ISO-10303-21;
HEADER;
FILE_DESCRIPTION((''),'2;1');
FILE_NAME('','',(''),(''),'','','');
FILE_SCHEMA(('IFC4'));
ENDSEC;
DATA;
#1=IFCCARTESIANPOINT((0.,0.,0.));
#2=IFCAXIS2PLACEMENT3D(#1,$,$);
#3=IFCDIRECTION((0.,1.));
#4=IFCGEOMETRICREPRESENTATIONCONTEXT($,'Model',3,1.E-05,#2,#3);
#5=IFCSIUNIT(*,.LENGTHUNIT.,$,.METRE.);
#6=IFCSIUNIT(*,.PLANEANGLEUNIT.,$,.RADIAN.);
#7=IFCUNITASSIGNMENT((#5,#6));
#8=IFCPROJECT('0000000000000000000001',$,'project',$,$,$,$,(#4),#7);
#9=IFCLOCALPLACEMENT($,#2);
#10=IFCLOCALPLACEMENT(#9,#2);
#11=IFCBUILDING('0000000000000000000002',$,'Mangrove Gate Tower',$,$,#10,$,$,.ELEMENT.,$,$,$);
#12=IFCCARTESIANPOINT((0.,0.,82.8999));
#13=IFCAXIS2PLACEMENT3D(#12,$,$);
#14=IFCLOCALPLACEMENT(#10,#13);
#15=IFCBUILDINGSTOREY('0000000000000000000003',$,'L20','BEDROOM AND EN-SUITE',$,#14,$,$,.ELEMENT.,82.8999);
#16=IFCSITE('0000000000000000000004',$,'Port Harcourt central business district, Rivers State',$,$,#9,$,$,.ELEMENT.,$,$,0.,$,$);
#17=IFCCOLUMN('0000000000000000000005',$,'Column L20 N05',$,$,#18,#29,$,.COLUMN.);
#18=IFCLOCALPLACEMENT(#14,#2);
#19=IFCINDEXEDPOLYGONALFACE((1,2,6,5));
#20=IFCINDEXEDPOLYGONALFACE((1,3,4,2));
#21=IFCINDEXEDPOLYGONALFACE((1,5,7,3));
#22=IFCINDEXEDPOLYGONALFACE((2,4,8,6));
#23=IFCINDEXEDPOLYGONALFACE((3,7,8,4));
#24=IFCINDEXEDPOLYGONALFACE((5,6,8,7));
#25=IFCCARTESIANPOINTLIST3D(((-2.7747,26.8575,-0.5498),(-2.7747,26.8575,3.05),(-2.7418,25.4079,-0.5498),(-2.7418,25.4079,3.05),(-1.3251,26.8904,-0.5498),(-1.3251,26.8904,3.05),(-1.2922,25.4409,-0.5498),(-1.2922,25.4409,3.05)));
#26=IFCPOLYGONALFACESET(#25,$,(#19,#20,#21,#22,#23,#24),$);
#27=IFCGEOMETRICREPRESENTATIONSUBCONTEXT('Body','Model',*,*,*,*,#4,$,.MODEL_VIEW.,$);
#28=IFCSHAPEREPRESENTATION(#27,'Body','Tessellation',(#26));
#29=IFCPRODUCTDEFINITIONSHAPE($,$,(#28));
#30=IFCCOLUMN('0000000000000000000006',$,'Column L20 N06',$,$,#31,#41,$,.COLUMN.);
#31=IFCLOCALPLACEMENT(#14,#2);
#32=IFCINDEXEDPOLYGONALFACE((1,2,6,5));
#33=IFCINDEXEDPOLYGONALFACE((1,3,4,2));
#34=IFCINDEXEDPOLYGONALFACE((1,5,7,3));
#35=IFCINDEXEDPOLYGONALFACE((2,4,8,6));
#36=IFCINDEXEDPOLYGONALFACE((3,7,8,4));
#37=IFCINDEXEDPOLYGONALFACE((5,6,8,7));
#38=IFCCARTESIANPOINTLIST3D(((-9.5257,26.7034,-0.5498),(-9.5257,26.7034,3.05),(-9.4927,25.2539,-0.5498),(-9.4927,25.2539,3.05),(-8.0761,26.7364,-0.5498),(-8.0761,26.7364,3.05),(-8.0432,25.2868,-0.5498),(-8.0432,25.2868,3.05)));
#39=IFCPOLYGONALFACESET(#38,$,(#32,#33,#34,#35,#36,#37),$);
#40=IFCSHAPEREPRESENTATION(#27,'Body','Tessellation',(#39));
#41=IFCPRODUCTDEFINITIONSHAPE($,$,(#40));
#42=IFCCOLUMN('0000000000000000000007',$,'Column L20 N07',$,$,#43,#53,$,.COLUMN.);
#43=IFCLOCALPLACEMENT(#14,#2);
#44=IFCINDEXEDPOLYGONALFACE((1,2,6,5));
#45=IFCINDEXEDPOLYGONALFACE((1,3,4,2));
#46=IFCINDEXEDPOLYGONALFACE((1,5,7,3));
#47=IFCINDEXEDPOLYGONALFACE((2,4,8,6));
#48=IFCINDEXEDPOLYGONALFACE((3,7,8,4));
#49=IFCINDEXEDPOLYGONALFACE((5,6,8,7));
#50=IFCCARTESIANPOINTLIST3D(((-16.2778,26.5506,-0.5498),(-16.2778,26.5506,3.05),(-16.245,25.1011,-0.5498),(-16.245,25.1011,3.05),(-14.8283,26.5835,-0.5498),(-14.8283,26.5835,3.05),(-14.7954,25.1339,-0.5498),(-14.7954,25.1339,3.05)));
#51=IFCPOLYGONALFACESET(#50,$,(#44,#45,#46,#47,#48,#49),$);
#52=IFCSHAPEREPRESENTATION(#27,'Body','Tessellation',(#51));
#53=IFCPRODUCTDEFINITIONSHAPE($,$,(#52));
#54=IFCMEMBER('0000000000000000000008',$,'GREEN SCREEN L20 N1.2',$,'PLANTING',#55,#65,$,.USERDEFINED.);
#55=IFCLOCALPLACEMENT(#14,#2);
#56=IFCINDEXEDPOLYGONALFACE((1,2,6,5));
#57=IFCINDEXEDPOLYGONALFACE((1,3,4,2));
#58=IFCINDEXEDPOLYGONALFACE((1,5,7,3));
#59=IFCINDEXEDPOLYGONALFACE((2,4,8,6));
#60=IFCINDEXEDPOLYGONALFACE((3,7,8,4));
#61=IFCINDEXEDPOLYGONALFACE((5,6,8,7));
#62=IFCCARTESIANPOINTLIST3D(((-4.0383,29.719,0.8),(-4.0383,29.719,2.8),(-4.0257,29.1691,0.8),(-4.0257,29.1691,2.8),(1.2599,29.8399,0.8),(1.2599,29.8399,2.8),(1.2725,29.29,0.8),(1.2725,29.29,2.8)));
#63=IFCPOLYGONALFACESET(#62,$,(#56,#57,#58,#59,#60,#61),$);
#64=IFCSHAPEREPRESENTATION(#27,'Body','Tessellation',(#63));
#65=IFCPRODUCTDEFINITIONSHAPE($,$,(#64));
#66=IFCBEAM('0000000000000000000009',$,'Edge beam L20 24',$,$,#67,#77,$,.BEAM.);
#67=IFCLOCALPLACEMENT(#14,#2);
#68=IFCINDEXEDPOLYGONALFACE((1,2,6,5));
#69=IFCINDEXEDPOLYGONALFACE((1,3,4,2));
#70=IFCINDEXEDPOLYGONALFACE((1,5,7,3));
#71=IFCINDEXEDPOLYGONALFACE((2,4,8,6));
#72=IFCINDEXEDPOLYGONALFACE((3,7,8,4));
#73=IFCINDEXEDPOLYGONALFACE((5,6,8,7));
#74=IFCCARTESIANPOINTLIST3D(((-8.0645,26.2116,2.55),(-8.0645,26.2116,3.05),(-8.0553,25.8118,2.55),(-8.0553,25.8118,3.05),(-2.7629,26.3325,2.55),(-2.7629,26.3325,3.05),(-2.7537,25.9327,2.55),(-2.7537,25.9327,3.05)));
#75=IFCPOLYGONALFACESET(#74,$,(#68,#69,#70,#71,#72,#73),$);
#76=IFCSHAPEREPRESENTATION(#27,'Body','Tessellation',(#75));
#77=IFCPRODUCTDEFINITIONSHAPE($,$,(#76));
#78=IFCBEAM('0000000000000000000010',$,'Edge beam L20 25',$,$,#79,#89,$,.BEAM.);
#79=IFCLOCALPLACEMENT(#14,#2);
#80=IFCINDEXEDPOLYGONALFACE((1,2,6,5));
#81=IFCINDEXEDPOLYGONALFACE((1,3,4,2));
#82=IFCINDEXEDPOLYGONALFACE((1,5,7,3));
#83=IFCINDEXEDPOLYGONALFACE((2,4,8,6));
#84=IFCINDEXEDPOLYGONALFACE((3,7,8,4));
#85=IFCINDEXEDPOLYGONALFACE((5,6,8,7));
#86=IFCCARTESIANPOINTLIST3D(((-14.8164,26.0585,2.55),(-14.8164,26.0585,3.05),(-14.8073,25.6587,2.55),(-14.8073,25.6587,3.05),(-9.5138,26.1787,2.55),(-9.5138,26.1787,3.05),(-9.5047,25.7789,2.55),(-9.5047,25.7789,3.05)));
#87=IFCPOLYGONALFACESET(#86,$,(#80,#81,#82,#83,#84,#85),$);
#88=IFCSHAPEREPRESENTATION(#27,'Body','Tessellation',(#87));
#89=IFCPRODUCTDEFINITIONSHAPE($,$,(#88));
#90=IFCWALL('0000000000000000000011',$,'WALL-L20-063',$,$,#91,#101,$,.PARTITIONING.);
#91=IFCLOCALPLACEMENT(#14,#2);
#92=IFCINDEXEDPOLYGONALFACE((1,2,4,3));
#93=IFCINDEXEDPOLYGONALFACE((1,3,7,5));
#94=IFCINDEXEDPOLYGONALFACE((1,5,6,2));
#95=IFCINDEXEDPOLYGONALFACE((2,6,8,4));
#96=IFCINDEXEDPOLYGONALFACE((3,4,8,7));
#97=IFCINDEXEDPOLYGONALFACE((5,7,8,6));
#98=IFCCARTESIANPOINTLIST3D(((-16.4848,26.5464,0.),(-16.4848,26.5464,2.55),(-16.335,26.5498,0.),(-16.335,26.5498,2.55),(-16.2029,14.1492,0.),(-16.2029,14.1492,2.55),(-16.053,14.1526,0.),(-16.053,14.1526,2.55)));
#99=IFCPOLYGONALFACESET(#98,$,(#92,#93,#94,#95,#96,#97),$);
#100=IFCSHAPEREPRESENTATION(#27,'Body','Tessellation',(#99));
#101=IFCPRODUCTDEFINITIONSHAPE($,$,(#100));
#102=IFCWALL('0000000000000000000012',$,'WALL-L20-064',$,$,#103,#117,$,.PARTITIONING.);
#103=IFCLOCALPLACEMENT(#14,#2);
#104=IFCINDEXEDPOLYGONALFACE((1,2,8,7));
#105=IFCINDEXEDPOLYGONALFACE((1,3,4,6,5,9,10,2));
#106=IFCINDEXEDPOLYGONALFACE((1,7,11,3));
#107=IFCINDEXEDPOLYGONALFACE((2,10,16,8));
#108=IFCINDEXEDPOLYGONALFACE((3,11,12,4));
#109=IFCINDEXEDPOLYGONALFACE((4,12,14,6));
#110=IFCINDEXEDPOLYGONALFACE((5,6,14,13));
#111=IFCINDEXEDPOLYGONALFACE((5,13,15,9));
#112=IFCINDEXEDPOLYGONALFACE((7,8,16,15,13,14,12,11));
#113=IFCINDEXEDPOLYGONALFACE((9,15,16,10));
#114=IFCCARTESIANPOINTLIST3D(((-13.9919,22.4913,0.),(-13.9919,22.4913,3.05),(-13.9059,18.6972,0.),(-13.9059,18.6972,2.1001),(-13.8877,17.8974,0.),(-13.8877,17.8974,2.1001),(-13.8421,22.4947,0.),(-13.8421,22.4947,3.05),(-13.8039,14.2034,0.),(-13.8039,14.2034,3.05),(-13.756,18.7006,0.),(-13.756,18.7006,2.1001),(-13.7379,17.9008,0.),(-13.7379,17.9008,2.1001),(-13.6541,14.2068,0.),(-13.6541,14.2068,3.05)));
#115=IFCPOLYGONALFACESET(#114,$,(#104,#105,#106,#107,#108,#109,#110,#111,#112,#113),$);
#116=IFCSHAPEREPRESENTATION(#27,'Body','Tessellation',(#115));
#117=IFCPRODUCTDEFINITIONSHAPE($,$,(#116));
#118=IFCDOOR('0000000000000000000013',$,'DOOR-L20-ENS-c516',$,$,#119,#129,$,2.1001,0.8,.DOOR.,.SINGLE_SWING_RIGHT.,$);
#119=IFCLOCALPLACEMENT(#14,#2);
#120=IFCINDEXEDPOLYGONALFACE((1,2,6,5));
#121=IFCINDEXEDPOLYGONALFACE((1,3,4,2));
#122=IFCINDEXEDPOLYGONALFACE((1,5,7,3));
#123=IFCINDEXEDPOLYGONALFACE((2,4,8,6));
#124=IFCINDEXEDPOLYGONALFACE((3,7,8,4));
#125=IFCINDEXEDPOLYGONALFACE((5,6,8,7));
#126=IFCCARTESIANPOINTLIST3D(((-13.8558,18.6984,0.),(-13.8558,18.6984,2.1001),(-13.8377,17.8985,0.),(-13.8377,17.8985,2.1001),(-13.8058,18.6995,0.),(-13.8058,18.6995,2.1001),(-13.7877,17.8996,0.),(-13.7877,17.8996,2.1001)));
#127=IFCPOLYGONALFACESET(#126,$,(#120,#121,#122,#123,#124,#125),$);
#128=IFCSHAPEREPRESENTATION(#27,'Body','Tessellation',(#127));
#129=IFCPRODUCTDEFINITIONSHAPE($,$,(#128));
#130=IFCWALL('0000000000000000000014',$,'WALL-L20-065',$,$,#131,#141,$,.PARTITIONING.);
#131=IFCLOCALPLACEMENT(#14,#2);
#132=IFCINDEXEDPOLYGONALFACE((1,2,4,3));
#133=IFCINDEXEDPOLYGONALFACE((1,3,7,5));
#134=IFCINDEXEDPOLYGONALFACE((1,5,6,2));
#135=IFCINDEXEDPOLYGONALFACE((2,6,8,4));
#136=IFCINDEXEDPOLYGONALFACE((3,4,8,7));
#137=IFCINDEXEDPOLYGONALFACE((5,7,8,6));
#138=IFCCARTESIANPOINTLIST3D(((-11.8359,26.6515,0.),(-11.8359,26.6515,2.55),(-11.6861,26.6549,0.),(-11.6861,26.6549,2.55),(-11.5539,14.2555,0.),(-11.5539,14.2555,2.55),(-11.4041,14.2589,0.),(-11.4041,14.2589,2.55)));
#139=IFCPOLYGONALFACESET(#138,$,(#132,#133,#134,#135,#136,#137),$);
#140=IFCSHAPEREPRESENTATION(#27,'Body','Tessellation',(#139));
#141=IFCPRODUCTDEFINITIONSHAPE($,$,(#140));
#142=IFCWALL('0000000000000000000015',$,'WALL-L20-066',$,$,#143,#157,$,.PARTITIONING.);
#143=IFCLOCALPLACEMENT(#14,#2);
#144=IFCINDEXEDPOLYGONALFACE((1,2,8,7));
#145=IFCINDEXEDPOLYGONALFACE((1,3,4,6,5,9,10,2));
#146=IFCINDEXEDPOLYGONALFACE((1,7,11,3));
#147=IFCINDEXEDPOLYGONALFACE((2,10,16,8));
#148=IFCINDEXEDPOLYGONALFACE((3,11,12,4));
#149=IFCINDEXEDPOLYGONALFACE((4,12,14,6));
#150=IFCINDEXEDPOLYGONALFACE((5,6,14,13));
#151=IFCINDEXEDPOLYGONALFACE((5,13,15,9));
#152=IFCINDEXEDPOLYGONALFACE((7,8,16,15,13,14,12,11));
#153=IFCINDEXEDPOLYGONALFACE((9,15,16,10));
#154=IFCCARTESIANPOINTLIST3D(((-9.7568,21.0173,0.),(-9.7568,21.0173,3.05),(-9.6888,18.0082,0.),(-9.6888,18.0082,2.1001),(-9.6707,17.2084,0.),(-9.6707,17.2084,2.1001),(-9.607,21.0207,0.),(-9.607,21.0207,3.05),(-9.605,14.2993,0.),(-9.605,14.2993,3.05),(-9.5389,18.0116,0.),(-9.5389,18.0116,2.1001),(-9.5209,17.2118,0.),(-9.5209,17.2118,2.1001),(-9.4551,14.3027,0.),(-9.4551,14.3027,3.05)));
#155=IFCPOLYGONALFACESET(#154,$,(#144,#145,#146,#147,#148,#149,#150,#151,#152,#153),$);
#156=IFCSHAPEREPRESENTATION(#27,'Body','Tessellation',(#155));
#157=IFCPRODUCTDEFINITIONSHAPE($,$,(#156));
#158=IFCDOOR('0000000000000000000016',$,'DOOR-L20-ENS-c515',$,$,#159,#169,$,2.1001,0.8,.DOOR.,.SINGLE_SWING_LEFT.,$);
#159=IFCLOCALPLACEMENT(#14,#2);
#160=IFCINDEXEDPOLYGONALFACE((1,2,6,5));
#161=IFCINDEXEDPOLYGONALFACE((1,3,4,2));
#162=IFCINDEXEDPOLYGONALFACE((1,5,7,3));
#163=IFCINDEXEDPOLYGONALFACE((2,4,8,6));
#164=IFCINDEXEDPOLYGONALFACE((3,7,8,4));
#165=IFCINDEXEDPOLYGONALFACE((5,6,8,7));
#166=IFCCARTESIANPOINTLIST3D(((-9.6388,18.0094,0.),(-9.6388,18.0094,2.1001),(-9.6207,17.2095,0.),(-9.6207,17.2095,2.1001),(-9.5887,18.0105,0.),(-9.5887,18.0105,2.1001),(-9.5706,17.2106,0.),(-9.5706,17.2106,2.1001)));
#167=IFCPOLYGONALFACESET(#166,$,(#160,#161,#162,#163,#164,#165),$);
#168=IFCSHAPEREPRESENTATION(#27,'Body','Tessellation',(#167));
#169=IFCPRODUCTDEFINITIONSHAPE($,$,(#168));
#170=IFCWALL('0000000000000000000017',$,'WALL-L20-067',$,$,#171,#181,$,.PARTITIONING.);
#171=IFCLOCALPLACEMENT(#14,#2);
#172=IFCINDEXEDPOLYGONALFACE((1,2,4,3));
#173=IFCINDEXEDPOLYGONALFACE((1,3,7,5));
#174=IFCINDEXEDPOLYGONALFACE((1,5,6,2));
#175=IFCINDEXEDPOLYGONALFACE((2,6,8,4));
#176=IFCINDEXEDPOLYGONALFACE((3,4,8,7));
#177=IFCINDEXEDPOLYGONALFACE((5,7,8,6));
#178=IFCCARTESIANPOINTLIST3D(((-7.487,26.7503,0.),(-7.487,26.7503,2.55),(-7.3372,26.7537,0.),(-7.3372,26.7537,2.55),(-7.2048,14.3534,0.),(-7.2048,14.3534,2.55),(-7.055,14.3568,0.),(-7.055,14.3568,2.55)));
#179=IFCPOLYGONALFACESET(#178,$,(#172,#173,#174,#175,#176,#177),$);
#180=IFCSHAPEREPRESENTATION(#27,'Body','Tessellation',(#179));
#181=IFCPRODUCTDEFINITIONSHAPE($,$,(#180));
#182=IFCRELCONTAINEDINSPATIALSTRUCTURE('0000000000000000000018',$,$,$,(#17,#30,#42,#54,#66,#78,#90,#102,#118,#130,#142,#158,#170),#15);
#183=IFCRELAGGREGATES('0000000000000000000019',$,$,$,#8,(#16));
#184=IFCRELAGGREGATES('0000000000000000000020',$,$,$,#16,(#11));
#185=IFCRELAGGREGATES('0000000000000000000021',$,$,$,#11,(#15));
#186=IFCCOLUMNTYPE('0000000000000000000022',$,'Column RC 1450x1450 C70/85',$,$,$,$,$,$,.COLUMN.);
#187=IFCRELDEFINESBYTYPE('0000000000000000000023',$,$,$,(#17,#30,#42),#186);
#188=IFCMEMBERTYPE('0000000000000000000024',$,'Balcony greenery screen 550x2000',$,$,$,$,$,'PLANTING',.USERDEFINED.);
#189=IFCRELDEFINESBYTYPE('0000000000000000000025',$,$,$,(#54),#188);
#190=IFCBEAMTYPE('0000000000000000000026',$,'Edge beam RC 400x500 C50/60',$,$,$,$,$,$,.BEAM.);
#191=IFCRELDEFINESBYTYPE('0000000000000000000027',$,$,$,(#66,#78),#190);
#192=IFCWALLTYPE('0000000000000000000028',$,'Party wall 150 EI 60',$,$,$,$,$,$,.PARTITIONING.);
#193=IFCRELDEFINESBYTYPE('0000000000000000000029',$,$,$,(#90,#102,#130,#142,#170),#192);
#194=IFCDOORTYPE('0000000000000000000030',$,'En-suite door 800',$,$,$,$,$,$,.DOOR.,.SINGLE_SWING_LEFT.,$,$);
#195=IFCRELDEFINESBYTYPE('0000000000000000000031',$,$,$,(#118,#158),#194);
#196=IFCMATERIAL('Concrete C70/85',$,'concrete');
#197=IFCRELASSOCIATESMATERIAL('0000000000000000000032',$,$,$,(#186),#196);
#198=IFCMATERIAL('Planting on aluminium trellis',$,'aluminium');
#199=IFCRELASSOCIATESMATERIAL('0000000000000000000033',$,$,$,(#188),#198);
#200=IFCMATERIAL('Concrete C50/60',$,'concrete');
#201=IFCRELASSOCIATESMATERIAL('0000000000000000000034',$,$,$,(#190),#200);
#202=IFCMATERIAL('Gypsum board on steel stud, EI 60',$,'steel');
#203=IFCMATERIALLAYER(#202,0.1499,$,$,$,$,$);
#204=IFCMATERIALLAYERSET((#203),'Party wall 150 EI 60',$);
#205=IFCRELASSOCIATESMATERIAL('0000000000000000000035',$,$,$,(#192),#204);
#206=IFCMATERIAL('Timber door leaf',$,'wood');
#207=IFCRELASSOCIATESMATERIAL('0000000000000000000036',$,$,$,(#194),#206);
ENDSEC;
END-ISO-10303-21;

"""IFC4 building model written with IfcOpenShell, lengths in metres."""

from ifc_helpers import new_model, si_unit, direction, frame, frame_2d, origin, origin_2d, place, context, subcontext, project, spatial, rectangle, extrude, material, layer, layer_set, material_profile, profile_set, type_object, element, fill, save


model = new_model("IFC4")

# Units and contexts
model_context = context("Model", 3, precision=1e-05, world=origin(), true_north=direction((0.0, 1.0)))
body_context = subcontext(model_context, "Body", "Model", "MODEL_VIEW")
ifc_project = project(units=[si_unit("LENGTHUNIT", "METRE"), si_unit("PLANEANGLEUNIT", "RADIAN")], contexts=[model_context])

# Site, building, storey
site_placement = place(None, origin())
site = spatial("IfcSite", under=ifc_project, at=site_placement, Name="Port Harcourt central business district, Rivers State", CompositionType="ELEMENT", RefElevation=0.0)
building_placement = place(site_placement, origin())
building = spatial("IfcBuilding", under=site, at=building_placement, Name="Mangrove Gate Tower", CompositionType="ELEMENT")
storey_placement = place(building_placement, frame((0.0, 0.0, 82.8999)))
storey = spatial("IfcBuildingStorey", under=building, at=storey_placement, Name="L20", Description="BEDROOM AND EN-SUITE", CompositionType="ELEMENT", Elevation=82.8999)

# Columns
ifc_material_1 = material(Name="Concrete C70/85", Category="concrete")
ifc_material_profile_1 = material_profile(ifc_material_1, rectangle(XDim=1.45, YDim=1.45, at=origin_2d()))
ifc_profile_set_1 = profile_set([ifc_material_profile_1], Name="Concrete C70/85")
column_type = type_object("IfcColumnType", Name="Column RC 1450x1450 C70/85", PredefinedType="COLUMN", material=ifc_profile_set_1)
for number, where, z_axis, x_axis, name in (
    (1, (-2.0334, 26.1492, -0.5498), (0.0, 0.0, 1.0), (-0.999742, -0.02273, 0.0), "Column L20 N05"),
    (2, (-8.7844, 25.9951, -0.5498), (0.0, 0.0, 1.0), (-0.999742, -0.02273, 0.0), "Column L20 N06"),
    (3, (-15.5366, 25.8423, -0.5498), (0.0, 0.0, 1.0), (-0.999743, -0.022656, 0.0), "Column L20 N07"),
):
    element("IfcColumn", number, at=place(storey_placement, frame(where, z_axis=z_axis, x_axis=x_axis)), inside=storey, type_object=column_type, Name=name, PredefinedType="COLUMN", context=body_context, shape_type="SweptSolid", body=[
        extrude(rectangle(XDim=1.45, YDim=1.45, at=origin_2d()), origin(), (0.0, 0.0, 1.0), 3.5999),
    ])

# Member
ifc_material_2 = material(Name="Planting on aluminium trellis", Category="aluminium")
ifc_material_profile_2 = material_profile(ifc_material_2, rectangle(XDim=0.55, YDim=2.0, at=origin_2d()))
ifc_profile_set_2 = profile_set([ifc_material_profile_2], Name="Planting on aluminium trellis")
member_type = type_object("IfcMemberType", Name="Balcony greenery screen 550x2000", ElementType="PLANTING", PredefinedType="USERDEFINED", material=ifc_profile_set_2)
member_placement = place(storey_placement, frame((-4.032, 29.4441, 1.8), z_axis=(0.99974, 0.022804, 0.0), x_axis=(-0.022804, 0.99974, 0.0)))
element("IfcMember", 4, at=member_placement, inside=storey, type_object=member_type, Name="GREEN SCREEN L20 N1.2", ObjectType="PLANTING", PredefinedType="USERDEFINED", context=body_context, shape_type="SweptSolid", body=[
    extrude(rectangle(XDim=0.55, YDim=2.0, at=origin_2d()), origin(), (0.0, 0.0, 1.0), 5.2996),
])

# Beams
ifc_material_3 = material(Name="Concrete C50/60", Category="concrete")
ifc_material_profile_3 = material_profile(ifc_material_3, rectangle(XDim=0.3999, YDim=0.5, at=origin_2d()))
ifc_profile_set_3 = profile_set([ifc_material_profile_3], Name="Concrete C50/60")
beam_type = type_object("IfcBeamType", Name="Edge beam RC 400x500 C50/60", PredefinedType="BEAM", material=ifc_profile_set_3)
beam_1_placement = place(storey_placement, frame((-2.7583, 26.1326, 2.8), z_axis=(-0.99974, -0.022789, 0.0), x_axis=(0.022789, -0.99974, 0.0)))
element("IfcBeam", 5, at=beam_1_placement, inside=storey, type_object=beam_type, Name="Edge beam L20 24", PredefinedType="BEAM", context=body_context, shape_type="SweptSolid", body=[
    extrude(rectangle(XDim=0.3999, YDim=0.5, at=origin_2d()), origin(), (0.0, 0.0, 1.0), 5.303),
])
beam_2_placement = place(storey_placement, frame((-9.5093, 25.9788, 2.8), z_axis=(-0.999744, -0.022647, 0.0), x_axis=(0.022647, -0.999744, 0.0)))
element("IfcBeam", 6, at=beam_2_placement, inside=storey, type_object=beam_type, Name="Edge beam L20 25", PredefinedType="BEAM", context=body_context, shape_type="SweptSolid", body=[
    extrude(rectangle(XDim=0.3999, YDim=0.5, at=origin_2d()), origin(), (0.0, 0.0, 1.0), 5.304),
])

# Wall
ifc_material_4 = material(Name="Gypsum board on steel stud, EI 60", Category="steel")
ifc_layer_1 = layer(ifc_material_4, 0.1499)
ifc_layer_set_1 = layer_set([ifc_layer_1], Name="Party wall 150 EI 60")
wall_type_1 = type_object("IfcWallType", Name="Party wall 150 EI 60", PredefinedType="PARTITIONING", material=ifc_layer_set_1)
wall_1_placement = place(storey_placement, frame((-16.1279, 14.1509, 0.0), z_axis=(0.0, 0.0, 1.0), x_axis=(-0.02274, 0.999741, 0.0)))
element("IfcWall", 7, at=wall_1_placement, inside=storey, type_object=wall_type_1, Name="WALL-L20-063", PredefinedType="PARTITIONING", context=body_context, shape_type="SweptSolid", body=[
    extrude(rectangle(XDim=12.4004, YDim=0.1499, at=frame_2d((6.2002, 0.0))), origin(), (0.0, 0.0, 1.0), 2.55),
])

# Wall, opening, door
wall_2_placement = place(storey_placement, frame((-13.729, 14.2051, 0.0), z_axis=(0.0, 0.0, 1.0), x_axis=(-0.022677, 0.999743, 0.0)))
wall_2 = element("IfcWall", 8, at=wall_2_placement, inside=storey, type_object=wall_type_1, Name="WALL-L20-064", PredefinedType="PARTITIONING", context=body_context, shape_type="SweptSolid", body=[
    extrude(rectangle(XDim=8.29, YDim=0.1499, at=frame_2d((4.145, 0.0))), origin(), (0.0, 0.0, 1.0), 3.05),
])
opening_1_placement = place(wall_2_placement, frame((3.6951, 0.0, 0.0)))
opening_1 = element("IfcOpeningElement", 9, at=opening_1_placement, cuts=wall_2, PredefinedType="OPENING", context=body_context, shape_type="SweptSolid", body=[
    extrude(rectangle(XDim=0.8, YDim=2.1001, at=frame_2d((0.3999, 1.05))), frame((0.0, 0.085, 0.0), z_axis=(0.0, -1.0, 0.0), x_axis=(1.0, 0.0, 0.0)), (0.0, 0.0, 1.0), 0.1699),
])
ifc_material_5 = material(Name="Timber door leaf", Category="wood")
door_type = type_object("IfcDoorType", Name="En-suite door 800", OperationType="SINGLE_SWING_LEFT", PredefinedType="DOOR", material=ifc_material_5)
door_1_placement = place(opening_1_placement, origin())
door_1 = element("IfcDoor", 10, at=door_1_placement, inside=storey, type_object=door_type, Name="DOOR-L20-ENS-c516", OperationType="SINGLE_SWING_RIGHT", OverallHeight=2.1001, OverallWidth=0.8, PredefinedType="DOOR", context=body_context, shape_type="SweptSolid", body=[
    extrude(rectangle(XDim=0.8, YDim=2.1001, at=frame_2d((0.3999, 1.05))), frame((0.0, 0.0249, 0.0), z_axis=(0.0, -1.0, 0.0), x_axis=(1.0, 0.0, 0.0)), (0.0, 0.0, 1.0), 0.05),
])
fill(opening_1, door_1)

# Wall
wall_3_placement = place(storey_placement, frame((-11.479, 14.2571, 0.0), z_axis=(0.0, 0.0, 1.0), x_axis=(-0.022742, 0.999741, 0.0)))
element("IfcWall", 11, at=wall_3_placement, inside=storey, type_object=wall_type_1, Name="WALL-L20-065", PredefinedType="PARTITIONING", context=body_context, shape_type="SweptSolid", body=[
    extrude(rectangle(XDim=12.3992, YDim=0.1499, at=frame_2d((6.1997, 0.0))), origin(), (0.0, 0.0, 1.0), 2.55),
])

# Wall, opening, door
wall_4_placement = place(storey_placement, frame((-9.53, 14.301, 0.0), z_axis=(0.0, 0.0, 1.0), x_axis=(-0.022598, 0.999745, 0.0)))
wall_4 = element("IfcWall", 12, at=wall_4_placement, inside=storey, type_object=wall_type_1, Name="WALL-L20-066", PredefinedType="PARTITIONING", context=body_context, shape_type="SweptSolid", body=[
    extrude(rectangle(XDim=6.7197, YDim=0.1499, at=frame_2d((3.3599, 0.0))), origin(), (0.0, 0.0, 1.0), 3.05),
])
opening_2_placement = place(wall_4_placement, frame((2.9099, 0.0, 0.0)))
opening_2 = element("IfcOpeningElement", 13, at=opening_2_placement, cuts=wall_4, PredefinedType="OPENING", context=body_context, shape_type="SweptSolid", body=[
    extrude(rectangle(XDim=0.8, YDim=2.1001, at=frame_2d((0.3999, 1.05))), frame((0.0, 0.085, 0.0), z_axis=(0.0, -1.0, 0.0), x_axis=(1.0, 0.0, 0.0)), (0.0, 0.0, 1.0), 0.1699),
])
door_2_placement = place(opening_2_placement, origin())
door_2 = element("IfcDoor", 14, at=door_2_placement, inside=storey, type_object=door_type, Name="DOOR-L20-ENS-c515", OperationType="SINGLE_SWING_LEFT", OverallHeight=2.1001, OverallWidth=0.8, PredefinedType="DOOR", context=body_context, shape_type="SweptSolid", body=[
    extrude(rectangle(XDim=0.8, YDim=2.1001, at=frame_2d((0.3999, 1.05))), frame((0.0, 0.0249, 0.0), z_axis=(0.0, -1.0, 0.0), x_axis=(1.0, 0.0, 0.0)), (0.0, 0.0, 1.0), 0.05),
])
fill(opening_2, door_2)

# Wall
wall_5_placement = place(storey_placement, frame((-7.1299, 14.355, 0.0), z_axis=(0.0, 0.0, 1.0), x_axis=(-0.02276, 0.999741, 0.0)))
element("IfcWall", 15, at=wall_5_placement, inside=storey, type_object=wall_type_1, Name="WALL-L20-067", PredefinedType="PARTITIONING", context=body_context, shape_type="SweptSolid", body=[
    extrude(rectangle(XDim=12.4001, YDim=0.1499, at=frame_2d((6.2002, 0.0))), origin(), (0.0, 0.0, 1.0), 2.55),
])

save(model, "model.ifc")
